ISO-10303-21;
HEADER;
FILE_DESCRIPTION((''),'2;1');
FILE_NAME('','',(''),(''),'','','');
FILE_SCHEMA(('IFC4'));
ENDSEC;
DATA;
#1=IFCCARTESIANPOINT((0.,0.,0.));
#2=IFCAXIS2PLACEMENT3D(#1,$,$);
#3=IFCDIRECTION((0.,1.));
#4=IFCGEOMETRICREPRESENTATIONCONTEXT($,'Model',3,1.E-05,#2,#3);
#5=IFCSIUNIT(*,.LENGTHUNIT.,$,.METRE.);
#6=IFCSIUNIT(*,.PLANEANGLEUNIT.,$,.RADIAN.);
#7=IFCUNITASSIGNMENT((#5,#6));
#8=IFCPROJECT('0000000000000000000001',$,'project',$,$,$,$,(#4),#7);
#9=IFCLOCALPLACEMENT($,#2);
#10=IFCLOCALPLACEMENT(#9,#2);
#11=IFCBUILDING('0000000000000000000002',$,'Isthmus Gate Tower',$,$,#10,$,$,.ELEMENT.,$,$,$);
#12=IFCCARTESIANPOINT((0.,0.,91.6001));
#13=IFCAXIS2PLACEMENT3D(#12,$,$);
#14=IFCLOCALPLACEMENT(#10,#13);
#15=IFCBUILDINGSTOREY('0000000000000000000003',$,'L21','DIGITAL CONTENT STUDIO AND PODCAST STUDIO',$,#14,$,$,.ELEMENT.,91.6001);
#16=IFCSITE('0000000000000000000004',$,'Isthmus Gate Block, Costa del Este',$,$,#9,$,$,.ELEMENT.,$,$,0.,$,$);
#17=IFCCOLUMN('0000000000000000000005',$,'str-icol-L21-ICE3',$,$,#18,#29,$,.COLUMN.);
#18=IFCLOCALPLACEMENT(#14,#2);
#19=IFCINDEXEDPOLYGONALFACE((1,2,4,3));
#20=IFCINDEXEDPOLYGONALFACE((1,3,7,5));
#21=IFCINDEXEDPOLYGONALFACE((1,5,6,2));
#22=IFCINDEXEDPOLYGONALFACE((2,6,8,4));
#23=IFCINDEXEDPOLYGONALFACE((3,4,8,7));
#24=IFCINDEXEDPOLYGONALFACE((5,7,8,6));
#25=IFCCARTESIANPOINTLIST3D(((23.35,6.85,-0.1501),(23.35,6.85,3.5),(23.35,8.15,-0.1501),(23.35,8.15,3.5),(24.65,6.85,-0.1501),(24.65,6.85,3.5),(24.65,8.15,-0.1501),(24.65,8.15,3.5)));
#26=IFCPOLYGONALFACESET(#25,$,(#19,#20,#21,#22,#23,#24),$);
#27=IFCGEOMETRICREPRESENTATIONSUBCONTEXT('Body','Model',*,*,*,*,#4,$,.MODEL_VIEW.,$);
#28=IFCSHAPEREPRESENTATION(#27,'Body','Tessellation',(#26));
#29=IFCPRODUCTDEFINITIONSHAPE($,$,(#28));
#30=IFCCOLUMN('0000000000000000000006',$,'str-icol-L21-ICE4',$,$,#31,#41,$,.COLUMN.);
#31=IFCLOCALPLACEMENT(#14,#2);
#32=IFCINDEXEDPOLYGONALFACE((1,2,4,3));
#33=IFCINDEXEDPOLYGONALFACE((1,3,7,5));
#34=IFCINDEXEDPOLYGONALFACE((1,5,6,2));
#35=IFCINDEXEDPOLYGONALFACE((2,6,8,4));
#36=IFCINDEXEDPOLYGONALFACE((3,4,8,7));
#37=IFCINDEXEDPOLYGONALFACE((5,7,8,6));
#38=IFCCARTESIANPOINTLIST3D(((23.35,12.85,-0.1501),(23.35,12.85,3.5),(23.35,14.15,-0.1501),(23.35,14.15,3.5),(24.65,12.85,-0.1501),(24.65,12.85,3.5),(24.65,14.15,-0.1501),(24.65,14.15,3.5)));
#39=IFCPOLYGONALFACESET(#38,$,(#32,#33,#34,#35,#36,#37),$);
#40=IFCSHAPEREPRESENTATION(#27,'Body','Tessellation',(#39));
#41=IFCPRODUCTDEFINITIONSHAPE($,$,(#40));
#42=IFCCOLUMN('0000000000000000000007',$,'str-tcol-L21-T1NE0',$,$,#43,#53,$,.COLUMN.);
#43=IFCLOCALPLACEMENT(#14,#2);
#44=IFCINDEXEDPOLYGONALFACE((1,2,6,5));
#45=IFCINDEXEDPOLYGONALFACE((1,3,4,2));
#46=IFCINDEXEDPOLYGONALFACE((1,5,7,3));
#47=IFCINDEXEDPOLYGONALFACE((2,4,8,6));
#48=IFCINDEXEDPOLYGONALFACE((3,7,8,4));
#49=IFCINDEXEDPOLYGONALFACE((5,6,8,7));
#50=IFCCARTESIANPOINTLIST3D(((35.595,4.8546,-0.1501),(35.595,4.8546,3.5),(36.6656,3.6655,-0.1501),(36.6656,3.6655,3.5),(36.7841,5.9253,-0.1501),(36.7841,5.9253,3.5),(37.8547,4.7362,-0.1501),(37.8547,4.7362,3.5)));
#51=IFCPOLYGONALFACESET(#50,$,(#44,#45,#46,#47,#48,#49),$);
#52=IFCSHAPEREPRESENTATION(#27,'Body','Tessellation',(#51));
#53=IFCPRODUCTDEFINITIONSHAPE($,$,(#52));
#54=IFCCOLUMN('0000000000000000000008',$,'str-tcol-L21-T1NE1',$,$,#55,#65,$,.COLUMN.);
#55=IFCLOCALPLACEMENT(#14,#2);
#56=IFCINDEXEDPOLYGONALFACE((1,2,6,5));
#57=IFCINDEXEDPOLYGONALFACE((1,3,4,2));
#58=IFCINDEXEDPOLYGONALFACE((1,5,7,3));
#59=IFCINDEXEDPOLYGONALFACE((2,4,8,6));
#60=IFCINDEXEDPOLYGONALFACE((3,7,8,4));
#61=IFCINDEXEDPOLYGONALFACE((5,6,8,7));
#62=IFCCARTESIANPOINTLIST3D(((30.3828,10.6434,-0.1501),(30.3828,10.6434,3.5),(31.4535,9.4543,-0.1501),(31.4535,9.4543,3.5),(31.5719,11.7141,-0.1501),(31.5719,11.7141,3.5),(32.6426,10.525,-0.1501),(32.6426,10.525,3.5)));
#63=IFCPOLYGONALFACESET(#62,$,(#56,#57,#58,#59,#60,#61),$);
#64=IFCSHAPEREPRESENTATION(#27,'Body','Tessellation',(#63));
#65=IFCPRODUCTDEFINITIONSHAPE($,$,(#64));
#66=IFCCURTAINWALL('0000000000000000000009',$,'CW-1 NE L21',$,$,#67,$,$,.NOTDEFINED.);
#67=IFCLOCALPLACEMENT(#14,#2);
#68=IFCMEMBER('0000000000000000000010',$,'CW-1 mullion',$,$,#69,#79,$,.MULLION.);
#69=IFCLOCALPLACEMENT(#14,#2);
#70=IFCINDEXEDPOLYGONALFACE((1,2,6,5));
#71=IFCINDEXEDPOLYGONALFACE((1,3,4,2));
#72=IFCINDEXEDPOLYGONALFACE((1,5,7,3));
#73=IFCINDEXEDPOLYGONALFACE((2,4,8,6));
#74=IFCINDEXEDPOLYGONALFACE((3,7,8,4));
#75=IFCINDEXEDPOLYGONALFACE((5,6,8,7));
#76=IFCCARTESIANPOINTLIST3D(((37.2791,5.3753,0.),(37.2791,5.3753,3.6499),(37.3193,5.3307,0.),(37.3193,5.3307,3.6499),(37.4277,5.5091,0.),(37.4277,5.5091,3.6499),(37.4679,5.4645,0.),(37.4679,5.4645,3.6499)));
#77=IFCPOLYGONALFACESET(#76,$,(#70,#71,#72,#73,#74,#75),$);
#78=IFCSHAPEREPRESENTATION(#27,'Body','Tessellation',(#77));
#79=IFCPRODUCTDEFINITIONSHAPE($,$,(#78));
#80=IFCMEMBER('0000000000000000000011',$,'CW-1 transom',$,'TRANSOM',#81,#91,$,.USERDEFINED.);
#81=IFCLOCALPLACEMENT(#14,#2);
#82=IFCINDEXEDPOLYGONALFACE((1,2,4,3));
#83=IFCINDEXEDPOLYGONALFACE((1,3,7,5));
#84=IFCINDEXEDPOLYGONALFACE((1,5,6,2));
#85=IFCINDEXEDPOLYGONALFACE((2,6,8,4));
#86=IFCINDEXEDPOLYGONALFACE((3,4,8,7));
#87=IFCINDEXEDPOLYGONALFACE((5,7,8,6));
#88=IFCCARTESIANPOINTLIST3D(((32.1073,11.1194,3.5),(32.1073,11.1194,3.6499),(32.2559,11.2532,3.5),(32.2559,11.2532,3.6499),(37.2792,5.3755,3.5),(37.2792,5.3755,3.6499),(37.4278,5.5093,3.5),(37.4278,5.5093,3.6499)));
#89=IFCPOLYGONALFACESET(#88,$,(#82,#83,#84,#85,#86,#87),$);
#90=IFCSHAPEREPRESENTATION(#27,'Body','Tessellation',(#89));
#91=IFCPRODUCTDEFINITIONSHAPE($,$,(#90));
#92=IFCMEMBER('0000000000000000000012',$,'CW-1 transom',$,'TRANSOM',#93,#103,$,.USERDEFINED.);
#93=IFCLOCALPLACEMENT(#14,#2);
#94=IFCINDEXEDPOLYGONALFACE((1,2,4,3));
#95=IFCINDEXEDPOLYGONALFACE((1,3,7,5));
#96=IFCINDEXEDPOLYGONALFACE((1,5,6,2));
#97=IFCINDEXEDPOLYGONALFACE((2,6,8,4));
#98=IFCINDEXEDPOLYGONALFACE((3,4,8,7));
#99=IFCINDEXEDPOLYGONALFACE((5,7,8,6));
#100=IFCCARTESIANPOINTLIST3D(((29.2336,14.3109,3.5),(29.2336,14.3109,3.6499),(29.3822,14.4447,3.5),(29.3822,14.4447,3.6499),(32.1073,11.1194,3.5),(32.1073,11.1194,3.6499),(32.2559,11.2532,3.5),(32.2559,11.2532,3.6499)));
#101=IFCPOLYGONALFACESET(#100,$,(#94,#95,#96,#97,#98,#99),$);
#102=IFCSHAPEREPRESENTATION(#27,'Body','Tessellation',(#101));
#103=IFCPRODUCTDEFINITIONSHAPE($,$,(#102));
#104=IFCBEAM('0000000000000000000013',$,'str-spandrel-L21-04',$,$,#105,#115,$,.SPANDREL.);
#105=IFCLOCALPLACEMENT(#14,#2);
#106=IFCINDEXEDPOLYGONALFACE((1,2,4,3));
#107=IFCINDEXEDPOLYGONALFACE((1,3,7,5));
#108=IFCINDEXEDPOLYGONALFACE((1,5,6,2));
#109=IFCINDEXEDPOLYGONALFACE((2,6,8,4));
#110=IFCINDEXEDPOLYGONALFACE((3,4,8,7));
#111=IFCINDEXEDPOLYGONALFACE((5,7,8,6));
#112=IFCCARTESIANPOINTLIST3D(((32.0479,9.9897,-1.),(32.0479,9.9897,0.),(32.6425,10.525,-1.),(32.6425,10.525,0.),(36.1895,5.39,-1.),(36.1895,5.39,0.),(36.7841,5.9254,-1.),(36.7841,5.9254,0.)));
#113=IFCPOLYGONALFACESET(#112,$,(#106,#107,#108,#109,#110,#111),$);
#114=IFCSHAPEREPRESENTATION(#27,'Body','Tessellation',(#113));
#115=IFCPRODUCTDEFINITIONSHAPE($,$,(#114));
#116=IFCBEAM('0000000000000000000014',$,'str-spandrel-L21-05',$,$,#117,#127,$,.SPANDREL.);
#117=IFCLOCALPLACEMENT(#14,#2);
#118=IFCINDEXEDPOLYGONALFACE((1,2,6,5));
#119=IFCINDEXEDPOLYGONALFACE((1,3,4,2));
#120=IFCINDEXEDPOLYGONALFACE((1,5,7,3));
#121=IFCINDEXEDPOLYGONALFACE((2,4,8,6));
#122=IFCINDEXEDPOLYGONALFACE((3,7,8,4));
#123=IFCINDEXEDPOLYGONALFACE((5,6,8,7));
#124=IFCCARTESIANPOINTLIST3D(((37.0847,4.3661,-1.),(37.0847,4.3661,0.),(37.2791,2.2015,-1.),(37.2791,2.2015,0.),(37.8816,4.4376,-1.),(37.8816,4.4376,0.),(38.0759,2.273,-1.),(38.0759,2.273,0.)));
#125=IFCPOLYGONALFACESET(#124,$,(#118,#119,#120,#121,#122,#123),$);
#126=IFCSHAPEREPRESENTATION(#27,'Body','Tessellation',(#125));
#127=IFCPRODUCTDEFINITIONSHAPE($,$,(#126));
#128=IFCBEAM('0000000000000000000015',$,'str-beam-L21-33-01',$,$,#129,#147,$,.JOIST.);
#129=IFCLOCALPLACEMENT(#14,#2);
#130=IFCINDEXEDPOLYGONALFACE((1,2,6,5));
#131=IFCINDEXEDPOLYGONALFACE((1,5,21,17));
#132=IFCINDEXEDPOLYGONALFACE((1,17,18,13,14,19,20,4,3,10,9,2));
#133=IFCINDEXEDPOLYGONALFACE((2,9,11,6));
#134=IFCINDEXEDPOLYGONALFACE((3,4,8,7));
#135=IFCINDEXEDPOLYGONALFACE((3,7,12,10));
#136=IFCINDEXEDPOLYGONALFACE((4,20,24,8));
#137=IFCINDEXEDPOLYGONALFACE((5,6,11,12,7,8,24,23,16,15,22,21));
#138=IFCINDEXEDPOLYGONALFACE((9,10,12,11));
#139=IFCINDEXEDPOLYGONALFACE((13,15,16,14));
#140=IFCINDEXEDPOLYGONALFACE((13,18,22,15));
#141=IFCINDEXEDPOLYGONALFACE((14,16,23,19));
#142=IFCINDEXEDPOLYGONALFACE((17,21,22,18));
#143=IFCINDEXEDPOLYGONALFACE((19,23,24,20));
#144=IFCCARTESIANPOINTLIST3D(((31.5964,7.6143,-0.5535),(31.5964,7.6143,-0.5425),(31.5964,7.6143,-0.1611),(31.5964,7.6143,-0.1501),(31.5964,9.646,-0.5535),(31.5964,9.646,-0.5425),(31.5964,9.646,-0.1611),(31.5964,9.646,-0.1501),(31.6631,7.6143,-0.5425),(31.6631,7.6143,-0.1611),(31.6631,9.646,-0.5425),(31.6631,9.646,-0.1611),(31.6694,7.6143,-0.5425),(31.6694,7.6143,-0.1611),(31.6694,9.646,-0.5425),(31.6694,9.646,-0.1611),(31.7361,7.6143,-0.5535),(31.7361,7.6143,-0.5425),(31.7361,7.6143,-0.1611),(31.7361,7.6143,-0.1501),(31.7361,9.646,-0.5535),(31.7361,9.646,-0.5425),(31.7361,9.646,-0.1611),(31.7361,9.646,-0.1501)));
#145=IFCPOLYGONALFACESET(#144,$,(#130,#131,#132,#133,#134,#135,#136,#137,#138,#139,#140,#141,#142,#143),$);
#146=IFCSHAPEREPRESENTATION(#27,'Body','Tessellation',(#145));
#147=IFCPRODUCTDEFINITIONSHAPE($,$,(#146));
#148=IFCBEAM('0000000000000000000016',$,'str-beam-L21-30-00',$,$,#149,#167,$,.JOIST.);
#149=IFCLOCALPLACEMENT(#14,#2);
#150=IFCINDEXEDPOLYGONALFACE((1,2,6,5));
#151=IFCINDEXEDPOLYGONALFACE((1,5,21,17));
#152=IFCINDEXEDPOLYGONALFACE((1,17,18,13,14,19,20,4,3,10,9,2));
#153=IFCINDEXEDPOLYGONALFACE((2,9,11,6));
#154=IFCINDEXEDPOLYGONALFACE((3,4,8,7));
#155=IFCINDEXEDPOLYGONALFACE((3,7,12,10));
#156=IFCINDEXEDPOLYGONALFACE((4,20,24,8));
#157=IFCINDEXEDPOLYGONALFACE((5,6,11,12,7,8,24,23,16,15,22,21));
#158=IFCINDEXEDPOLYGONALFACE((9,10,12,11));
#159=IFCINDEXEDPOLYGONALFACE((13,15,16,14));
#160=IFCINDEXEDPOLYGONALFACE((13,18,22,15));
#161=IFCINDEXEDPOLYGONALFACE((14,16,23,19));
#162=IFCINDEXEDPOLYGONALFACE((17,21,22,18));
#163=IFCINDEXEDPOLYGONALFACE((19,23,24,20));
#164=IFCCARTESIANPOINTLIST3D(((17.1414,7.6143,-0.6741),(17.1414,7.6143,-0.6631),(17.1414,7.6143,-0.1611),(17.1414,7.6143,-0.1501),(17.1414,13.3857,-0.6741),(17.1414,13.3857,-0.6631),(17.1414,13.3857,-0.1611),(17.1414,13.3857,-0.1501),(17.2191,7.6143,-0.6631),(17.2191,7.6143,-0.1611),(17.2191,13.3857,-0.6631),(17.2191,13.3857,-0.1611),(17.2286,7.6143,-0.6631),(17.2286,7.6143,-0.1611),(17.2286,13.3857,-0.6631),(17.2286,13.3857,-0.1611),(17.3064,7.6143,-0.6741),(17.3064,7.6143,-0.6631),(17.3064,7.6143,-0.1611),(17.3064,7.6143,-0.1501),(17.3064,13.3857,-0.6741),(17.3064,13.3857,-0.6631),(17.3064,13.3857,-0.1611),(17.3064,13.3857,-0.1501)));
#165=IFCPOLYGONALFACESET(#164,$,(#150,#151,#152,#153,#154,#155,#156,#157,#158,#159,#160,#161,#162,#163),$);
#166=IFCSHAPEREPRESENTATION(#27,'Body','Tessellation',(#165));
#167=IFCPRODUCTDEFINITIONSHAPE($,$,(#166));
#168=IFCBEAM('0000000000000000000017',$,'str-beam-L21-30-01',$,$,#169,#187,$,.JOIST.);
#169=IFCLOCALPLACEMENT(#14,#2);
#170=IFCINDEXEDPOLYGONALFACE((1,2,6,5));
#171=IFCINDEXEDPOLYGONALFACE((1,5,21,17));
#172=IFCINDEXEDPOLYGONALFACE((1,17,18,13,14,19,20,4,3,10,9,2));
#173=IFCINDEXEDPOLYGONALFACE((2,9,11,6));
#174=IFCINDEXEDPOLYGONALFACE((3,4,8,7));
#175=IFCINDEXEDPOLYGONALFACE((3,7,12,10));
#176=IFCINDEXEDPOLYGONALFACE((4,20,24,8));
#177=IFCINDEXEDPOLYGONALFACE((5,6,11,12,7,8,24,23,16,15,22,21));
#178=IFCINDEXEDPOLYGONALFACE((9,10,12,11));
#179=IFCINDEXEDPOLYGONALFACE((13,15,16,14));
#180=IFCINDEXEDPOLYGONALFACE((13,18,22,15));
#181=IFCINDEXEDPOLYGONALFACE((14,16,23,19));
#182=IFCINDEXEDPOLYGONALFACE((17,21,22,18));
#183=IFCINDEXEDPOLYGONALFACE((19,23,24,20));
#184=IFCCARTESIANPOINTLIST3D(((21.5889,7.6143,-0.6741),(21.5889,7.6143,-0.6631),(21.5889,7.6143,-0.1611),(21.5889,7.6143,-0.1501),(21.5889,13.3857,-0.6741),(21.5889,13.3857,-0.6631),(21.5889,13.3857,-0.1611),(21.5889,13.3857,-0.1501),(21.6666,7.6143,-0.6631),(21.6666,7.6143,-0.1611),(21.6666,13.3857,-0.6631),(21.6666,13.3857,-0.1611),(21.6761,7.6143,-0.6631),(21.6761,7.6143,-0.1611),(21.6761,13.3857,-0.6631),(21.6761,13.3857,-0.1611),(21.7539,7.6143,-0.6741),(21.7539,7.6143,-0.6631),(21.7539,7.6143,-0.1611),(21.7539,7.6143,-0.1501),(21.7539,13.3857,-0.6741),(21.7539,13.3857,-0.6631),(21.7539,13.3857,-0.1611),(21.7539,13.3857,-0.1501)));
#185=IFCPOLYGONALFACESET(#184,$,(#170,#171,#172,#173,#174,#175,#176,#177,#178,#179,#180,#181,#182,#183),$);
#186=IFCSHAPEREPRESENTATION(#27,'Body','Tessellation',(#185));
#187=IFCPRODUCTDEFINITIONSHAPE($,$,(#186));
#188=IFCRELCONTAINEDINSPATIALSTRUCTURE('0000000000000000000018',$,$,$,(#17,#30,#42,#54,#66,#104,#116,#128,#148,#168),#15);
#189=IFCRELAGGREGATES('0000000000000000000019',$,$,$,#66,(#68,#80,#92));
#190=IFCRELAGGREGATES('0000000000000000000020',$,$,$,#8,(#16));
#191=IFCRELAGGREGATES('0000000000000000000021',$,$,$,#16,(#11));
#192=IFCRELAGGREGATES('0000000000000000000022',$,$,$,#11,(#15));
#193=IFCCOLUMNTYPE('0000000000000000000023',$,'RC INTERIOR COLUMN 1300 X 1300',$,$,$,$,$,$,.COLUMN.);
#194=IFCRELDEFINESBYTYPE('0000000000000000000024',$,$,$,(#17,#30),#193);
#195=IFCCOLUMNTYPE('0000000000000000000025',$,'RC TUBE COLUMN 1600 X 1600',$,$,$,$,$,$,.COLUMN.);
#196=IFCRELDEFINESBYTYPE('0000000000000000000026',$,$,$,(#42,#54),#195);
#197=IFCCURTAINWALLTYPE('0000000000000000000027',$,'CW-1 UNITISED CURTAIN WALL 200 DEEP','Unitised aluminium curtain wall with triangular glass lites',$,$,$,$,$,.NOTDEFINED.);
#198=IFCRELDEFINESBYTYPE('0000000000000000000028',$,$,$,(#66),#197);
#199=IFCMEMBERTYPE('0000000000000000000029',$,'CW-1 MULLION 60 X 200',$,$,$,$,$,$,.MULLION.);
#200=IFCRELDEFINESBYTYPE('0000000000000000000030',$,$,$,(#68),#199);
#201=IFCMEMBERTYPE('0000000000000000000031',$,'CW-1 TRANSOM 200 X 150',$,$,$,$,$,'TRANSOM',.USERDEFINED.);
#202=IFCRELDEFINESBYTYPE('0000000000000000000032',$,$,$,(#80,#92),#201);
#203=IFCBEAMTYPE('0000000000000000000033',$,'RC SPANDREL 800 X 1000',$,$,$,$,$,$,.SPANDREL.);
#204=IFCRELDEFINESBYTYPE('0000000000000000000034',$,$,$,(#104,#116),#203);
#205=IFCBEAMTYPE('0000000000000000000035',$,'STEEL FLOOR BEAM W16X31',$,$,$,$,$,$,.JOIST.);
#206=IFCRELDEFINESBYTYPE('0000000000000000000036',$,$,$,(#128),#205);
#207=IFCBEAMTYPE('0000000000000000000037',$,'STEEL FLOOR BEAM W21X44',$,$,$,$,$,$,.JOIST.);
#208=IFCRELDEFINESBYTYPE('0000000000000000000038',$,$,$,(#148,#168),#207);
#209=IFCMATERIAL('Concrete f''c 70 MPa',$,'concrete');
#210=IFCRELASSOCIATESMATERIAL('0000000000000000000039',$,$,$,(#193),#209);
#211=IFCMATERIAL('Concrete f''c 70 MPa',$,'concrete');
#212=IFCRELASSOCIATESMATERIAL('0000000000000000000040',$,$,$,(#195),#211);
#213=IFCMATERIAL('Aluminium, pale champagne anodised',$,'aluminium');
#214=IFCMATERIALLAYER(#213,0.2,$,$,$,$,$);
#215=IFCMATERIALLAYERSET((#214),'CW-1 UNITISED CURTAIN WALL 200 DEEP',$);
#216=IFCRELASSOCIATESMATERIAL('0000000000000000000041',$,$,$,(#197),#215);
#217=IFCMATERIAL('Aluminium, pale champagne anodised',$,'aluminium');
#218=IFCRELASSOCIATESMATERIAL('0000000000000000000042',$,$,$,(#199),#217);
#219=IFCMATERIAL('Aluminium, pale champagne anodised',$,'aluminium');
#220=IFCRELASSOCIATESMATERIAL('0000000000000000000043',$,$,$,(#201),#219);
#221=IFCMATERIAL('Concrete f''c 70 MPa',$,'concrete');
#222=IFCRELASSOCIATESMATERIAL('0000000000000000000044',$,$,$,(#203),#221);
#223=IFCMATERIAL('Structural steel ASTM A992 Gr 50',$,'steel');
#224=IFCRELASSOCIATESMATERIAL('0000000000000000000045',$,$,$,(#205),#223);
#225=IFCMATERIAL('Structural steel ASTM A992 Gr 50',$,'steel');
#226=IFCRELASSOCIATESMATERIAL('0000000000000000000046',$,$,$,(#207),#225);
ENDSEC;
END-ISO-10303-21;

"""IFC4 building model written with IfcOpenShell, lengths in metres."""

from ifc_helpers import new_model, si_unit, direction, frame, origin, origin_2d, place, context, subcontext, project, spatial, rectangle, i_section, extrude, material, layer, layer_set, material_profile, profile_set, type_object, element, aggregate, save


model = new_model("IFC4")

# Units and contexts
model_context = context("Model", 3, precision=1e-05, world=origin(), true_north=direction((0.0, 1.0)))
body_context = subcontext(model_context, "Body", "Model", "MODEL_VIEW")
ifc_project = project(units=[si_unit("LENGTHUNIT", "METRE"), si_unit("PLANEANGLEUNIT", "RADIAN")], contexts=[model_context])

# Site, building, storey
site_placement = place(None, origin())
site = spatial("IfcSite", under=ifc_project, at=site_placement, Name="Isthmus Gate Block, Costa del Este", CompositionType="ELEMENT", RefElevation=0.0)
building_placement = place(site_placement, origin())
building = spatial("IfcBuilding", under=site, at=building_placement, Name="Isthmus Gate Tower", CompositionType="ELEMENT")
storey_placement = place(building_placement, frame((0.0, 0.0, 91.6001)))
storey = spatial("IfcBuildingStorey", under=building, at=storey_placement, Name="L21", Description="DIGITAL CONTENT STUDIO AND PODCAST STUDIO", CompositionType="ELEMENT", Elevation=91.6001)

# Columns
ifc_material_1 = material(Name="Concrete f'c 70 MPa", Category="concrete")
ifc_material_profile_1 = material_profile(ifc_material_1, rectangle(XDim=1.3, YDim=1.3, at=origin_2d()), Name="RC 1300X1300")
ifc_profile_set_1 = profile_set([ifc_material_profile_1], Name="Concrete f'c 70 MPa")
column_type_1 = type_object("IfcColumnType", Name="RC INTERIOR COLUMN 1300 X 1300", PredefinedType="COLUMN", material=ifc_profile_set_1)
for number, where, z_axis, x_axis, name in (
    (1, (24.0, 7.5, -0.1501), (0.0, 0.0, 1.0), (1.0, 0.0, 0.0), "str-icol-L21-ICE3"),
    (2, (24.0, 13.5, -0.1501), (0.0, 0.0, 1.0), (1.0, 0.0, 0.0), "str-icol-L21-ICE4"),
):
    element("IfcColumn", number, at=place(storey_placement, frame(where, z_axis=z_axis, x_axis=x_axis)), inside=storey, type_object=column_type_1, Name=name, PredefinedType="COLUMN", context=body_context, shape_type="SweptSolid", body=[
        extrude(rectangle(XDim=1.3, YDim=1.3, at=origin_2d()), origin(), (0.0, 0.0, 1.0), 3.6501),
    ])
ifc_material_2 = material(Name="Concrete f'c 70 MPa", Category="concrete")
ifc_material_profile_2 = material_profile(ifc_material_2, rectangle(XDim=1.6001, YDim=1.6001, at=origin_2d()), Name="RC 1600X1600")
ifc_profile_set_2 = profile_set([ifc_material_profile_2], Name="Concrete f'c 70 MPa")
column_type_2 = type_object("IfcColumnType", Name="RC TUBE COLUMN 1600 X 1600", PredefinedType="COLUMN", material=ifc_profile_set_2)
for number, where, z_axis, x_axis, name in (
    (3, (36.7249, 4.7954, -0.1501), (0.0, 0.0, 1.0), (-0.669131, 0.743145, 0.0), "str-tcol-L21-T1NE0"),
    (4, (31.5127, 10.5842, -0.1501), (0.0, 0.0, 1.0), (-0.669131, 0.743145, 0.0), "str-tcol-L21-T1NE1"),
):
    element("IfcColumn", number, at=place(storey_placement, frame(where, z_axis=z_axis, x_axis=x_axis)), inside=storey, type_object=column_type_2, Name=name, PredefinedType="COLUMN", context=body_context, shape_type="SweptSolid", body=[
        extrude(rectangle(XDim=1.6001, YDim=1.6001, at=origin_2d()), origin(), (0.0, 0.0, 1.0), 3.6501),
    ])

# Curtain wall, members
ifc_material_3 = material(Name="Aluminium, pale champagne anodised", Category="aluminium")
ifc_layer_1 = layer(ifc_material_3, 0.2)
ifc_layer_set_1 = layer_set([ifc_layer_1], Name="CW-1 UNITISED CURTAIN WALL 200 DEEP")
curtain_wall_type = type_object("IfcCurtainWallType", Name="CW-1 UNITISED CURTAIN WALL 200 DEEP", Description="Unitised aluminium curtain wall with triangular glass lites", PredefinedType="NOTDEFINED", material=ifc_layer_set_1)
curtain_wall_placement = place(storey_placement, origin())
curtain_wall = element("IfcCurtainWall", 5, at=curtain_wall_placement, inside=storey, type_object=curtain_wall_type, Name="CW-1 NE L21", PredefinedType="NOTDEFINED")
ifc_material_4 = material(Name="Aluminium, pale champagne anodised", Category="aluminium")
ifc_material_profile_3 = material_profile(ifc_material_4, rectangle(XDim=0.0601, YDim=0.2, at=origin_2d()), Name="60x200")
ifc_profile_set_3 = profile_set([ifc_material_profile_3], Name="Aluminium, pale champagne anodised")
member_type_1 = type_object("IfcMemberType", Name="CW-1 MULLION 60 X 200", PredefinedType="MULLION", material=ifc_profile_set_3)
member_1_placement = place(storey_placement, frame((37.3735, 5.4199, 0.0), z_axis=(0.0, 0.0, 1.0), x_axis=(-0.669131, 0.743145, 0.0)))
member_1 = element("IfcMember", 6, at=member_1_placement, type_object=member_type_1, Name="CW-1 mullion", PredefinedType="MULLION", context=body_context, shape_type="SweptSolid", body=[
    extrude(rectangle(XDim=0.0601, YDim=0.2, at=origin_2d()), origin(), (0.0, 0.0, 1.0), 3.6499),
])
ifc_material_5 = material(Name="Aluminium, pale champagne anodised", Category="aluminium")
ifc_material_profile_4 = material_profile(ifc_material_5, rectangle(XDim=0.2, YDim=0.1499, at=origin_2d()), Name="200x150")
ifc_profile_set_4 = profile_set([ifc_material_profile_4], Name="Aluminium, pale champagne anodised")
member_type_2 = type_object("IfcMemberType", Name="CW-1 TRANSOM 200 X 150", ElementType="TRANSOM", PredefinedType="USERDEFINED", material=ifc_profile_set_4)
member_2_placement = place(storey_placement, frame((37.3535, 5.4424, 3.575), z_axis=(-0.669134, 0.743142, 0.0), x_axis=(-0.743142, -0.669134, 0.0)))
member_2 = element("IfcMember", 7, at=member_2_placement, type_object=member_type_2, Name="CW-1 transom", ObjectType="TRANSOM", PredefinedType="USERDEFINED", context=body_context, shape_type="SweptSolid", body=[
    extrude(rectangle(XDim=0.2, YDim=0.1499, at=origin_2d()), origin(), (0.0, 0.0, 1.0), 7.7292),
])
member_3_placement = place(storey_placement, frame((32.1816, 11.1863, 3.575), z_axis=(-0.669131, 0.743144, 0.0), x_axis=(-0.743144, -0.669131, 0.0)))
member_3 = element("IfcMember", 8, at=member_3_placement, type_object=member_type_2, Name="CW-1 transom", ObjectType="TRANSOM", PredefinedType="USERDEFINED", context=body_context, shape_type="SweptSolid", body=[
    extrude(rectangle(XDim=0.2, YDim=0.1499, at=origin_2d()), origin(), (0.0, 0.0, 1.0), 4.2947),
])

# Beams
ifc_material_6 = material(Name="Concrete f'c 70 MPa", Category="concrete")
ifc_material_profile_5 = material_profile(ifc_material_6, rectangle(XDim=0.8, YDim=1.0, at=origin_2d()), Name="RC 800X1000")
ifc_profile_set_5 = profile_set([ifc_material_profile_5], Name="Concrete f'c 70 MPa")
beam_type_1 = type_object("IfcBeamType", Name="RC SPANDREL 800 X 1000", PredefinedType="SPANDREL", material=ifc_profile_set_5)
beam_1_placement = place(storey_placement, frame((32.3452, 10.2573, -0.5), z_axis=(0.669139, -0.743137, 0.0), x_axis=(0.743137, 0.669139, 0.0)))
element("IfcBeam", 9, at=beam_1_placement, inside=storey, type_object=beam_type_1, Name="str-spandrel-L21-04", PredefinedType="SPANDREL", context=body_context, shape_type="SweptSolid", body=[
    extrude(rectangle(XDim=0.8, YDim=1.0, at=origin_2d()), origin(), (0.0, 0.0, 1.0), 6.1895),
])
beam_2_placement = place(storey_placement, frame((37.4832, 4.4019, -0.5), z_axis=(0.089422, -0.995994, 0.0), x_axis=(0.995994, 0.089422, 0.0)))
element("IfcBeam", 10, at=beam_2_placement, inside=storey, type_object=beam_type_1, Name="str-spandrel-L21-05", PredefinedType="SPANDREL", context=body_context, shape_type="SweptSolid", body=[
    extrude(rectangle(XDim=0.8, YDim=1.0, at=origin_2d()), origin(), (0.0, 0.0, 1.0), 2.1733),
])
ifc_material_7 = material(Name="Structural steel ASTM A992 Gr 50", Category="steel")
ifc_material_profile_6 = material_profile(ifc_material_7, i_section(OverallWidth=0.1396, OverallDepth=0.4033, WebThickness=0.0063, FlangeThickness=0.011, at=origin_2d()), Name="W16X31")
ifc_profile_set_6 = profile_set([ifc_material_profile_6], Name="Structural steel ASTM A992 Gr 50")
beam_type_2 = type_object("IfcBeamType", Name="STEEL FLOOR BEAM W16X31", PredefinedType="JOIST", material=ifc_profile_set_6)
beam_3_placement = place(storey_placement, frame((31.6663, 7.6143, -0.3518), z_axis=(0.0, 1.0, 0.0), x_axis=(-1.0, 0.0, 0.0)))
element("IfcBeam", 11, at=beam_3_placement, inside=storey, type_object=beam_type_2, Name="str-beam-L21-33-01", PredefinedType="JOIST", context=body_context, shape_type="SweptSolid", body=[
    extrude(i_section(OverallWidth=0.1396, OverallDepth=0.4033, WebThickness=0.0063, FlangeThickness=0.011, at=origin_2d()), origin(), (0.0, 0.0, 1.0), 2.0317),
])
ifc_material_8 = material(Name="Structural steel ASTM A992 Gr 50", Category="steel")
ifc_material_profile_7 = material_profile(ifc_material_8, i_section(OverallWidth=0.165, OverallDepth=0.5239, WebThickness=0.0095, FlangeThickness=0.011, at=origin_2d()), Name="W21X44")
ifc_profile_set_7 = profile_set([ifc_material_profile_7], Name="Structural steel ASTM A992 Gr 50")
beam_type_3 = type_object("IfcBeamType", Name="STEEL FLOOR BEAM W21X44", PredefinedType="JOIST", material=ifc_profile_set_7)
for number, where, z_axis, x_axis, name in (
    (12, (17.2239, 7.6143, -0.4121), (0.0, 1.0, 0.0), (-1.0, 0.0, 0.0), "str-beam-L21-30-00"),
    (13, (21.6714, 7.6143, -0.4121), (0.0, 1.0, 0.0), (-1.0, 0.0, 0.0), "str-beam-L21-30-01"),
):
    element("IfcBeam", number, at=place(storey_placement, frame(where, z_axis=z_axis, x_axis=x_axis)), inside=storey, type_object=beam_type_3, Name=name, PredefinedType="JOIST", context=body_context, shape_type="SweptSolid", body=[
        extrude(i_section(OverallWidth=0.165, OverallDepth=0.5239, WebThickness=0.0095, FlangeThickness=0.011, at=origin_2d()), origin(), (0.0, 0.0, 1.0), 5.7715),
    ])

aggregate(curtain_wall, [member_1, member_2, member_3])

save(model, "model.ifc")
